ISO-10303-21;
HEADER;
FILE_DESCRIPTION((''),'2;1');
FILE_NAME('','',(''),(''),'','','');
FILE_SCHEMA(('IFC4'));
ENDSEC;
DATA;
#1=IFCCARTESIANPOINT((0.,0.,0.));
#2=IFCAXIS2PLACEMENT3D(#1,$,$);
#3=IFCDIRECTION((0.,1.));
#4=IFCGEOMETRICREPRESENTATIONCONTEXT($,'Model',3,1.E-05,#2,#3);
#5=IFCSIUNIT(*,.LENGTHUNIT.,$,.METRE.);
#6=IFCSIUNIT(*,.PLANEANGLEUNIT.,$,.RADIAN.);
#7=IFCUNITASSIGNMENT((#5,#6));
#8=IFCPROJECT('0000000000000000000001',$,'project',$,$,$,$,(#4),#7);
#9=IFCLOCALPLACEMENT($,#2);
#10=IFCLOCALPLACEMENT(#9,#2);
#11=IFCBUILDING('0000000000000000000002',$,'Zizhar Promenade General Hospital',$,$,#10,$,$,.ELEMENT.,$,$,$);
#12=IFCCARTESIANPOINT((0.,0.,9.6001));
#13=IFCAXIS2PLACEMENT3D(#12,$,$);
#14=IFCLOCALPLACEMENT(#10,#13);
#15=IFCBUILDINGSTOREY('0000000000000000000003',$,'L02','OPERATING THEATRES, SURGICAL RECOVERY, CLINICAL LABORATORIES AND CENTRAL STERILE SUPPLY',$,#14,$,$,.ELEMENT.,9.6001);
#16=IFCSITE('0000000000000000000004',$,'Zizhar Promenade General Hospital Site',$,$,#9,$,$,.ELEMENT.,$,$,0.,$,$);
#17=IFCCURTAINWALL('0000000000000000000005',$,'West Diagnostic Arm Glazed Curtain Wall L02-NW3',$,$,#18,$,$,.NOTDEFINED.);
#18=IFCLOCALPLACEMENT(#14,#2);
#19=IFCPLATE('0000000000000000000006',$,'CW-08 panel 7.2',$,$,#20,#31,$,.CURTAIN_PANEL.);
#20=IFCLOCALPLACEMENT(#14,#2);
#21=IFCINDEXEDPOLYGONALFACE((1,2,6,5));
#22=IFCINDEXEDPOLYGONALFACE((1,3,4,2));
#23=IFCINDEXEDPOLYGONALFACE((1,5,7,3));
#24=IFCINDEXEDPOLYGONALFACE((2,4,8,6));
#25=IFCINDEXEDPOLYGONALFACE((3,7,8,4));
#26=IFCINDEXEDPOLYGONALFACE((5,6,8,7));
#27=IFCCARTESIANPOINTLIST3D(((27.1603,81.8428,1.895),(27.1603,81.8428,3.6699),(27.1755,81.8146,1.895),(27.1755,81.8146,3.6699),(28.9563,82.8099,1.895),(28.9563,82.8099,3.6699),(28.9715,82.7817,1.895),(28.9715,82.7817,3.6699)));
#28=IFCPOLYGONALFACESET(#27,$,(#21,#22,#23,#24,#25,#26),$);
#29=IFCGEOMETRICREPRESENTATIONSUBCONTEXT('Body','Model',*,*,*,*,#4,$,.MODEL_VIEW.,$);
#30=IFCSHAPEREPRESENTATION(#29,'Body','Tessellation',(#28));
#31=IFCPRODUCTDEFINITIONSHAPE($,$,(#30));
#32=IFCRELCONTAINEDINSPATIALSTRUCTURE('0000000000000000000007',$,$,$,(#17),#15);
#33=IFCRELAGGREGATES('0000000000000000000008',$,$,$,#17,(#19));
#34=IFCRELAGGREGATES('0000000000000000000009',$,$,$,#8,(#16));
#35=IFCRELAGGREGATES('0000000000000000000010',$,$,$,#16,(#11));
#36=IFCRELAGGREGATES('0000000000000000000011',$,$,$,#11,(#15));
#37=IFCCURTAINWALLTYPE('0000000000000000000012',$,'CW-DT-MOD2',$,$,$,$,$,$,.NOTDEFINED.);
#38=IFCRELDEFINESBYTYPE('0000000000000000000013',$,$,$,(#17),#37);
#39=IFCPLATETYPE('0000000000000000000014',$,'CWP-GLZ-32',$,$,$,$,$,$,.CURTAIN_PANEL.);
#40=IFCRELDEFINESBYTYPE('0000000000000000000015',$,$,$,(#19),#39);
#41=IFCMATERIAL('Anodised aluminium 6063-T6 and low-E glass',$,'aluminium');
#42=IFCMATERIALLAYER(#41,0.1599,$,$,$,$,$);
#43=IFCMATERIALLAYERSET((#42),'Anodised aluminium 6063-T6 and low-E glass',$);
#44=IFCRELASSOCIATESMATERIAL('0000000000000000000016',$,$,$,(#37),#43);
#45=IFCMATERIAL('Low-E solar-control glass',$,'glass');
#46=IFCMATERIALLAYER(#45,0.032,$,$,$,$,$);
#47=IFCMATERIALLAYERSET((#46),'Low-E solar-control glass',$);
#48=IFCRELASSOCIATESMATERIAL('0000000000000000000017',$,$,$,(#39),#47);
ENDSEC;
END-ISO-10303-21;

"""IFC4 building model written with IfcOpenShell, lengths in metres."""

from ifc_helpers import new_model, si_unit, direction, frame, origin, origin_2d, place, context, subcontext, project, spatial, rectangle, extrude, material, layer, layer_set, type_object, element, aggregate, save


model = new_model("IFC4")

# Units and contexts
model_context = context("Model", 3, precision=1e-05, world=origin(), true_north=direction((0.0, 1.0)))
body_context = subcontext(model_context, "Body", "Model", "MODEL_VIEW")
ifc_project = project(units=[si_unit("LENGTHUNIT", "METRE"), si_unit("PLANEANGLEUNIT", "RADIAN")], contexts=[model_context])

# Site, building, storey
site_placement = place(None, origin())
site = spatial("IfcSite", under=ifc_project, at=site_placement, Name="Zizhar Promenade General Hospital Site", CompositionType="ELEMENT", RefElevation=0.0)
building_placement = place(site_placement, origin())
building = spatial("IfcBuilding", under=site, at=building_placement, Name="Zizhar Promenade General Hospital", CompositionType="ELEMENT")
storey_placement = place(building_placement, frame((0.0, 0.0, 9.6001)))
storey = spatial("IfcBuildingStorey", under=building, at=storey_placement, Name="L02", Description="OPERATING THEATRES, SURGICAL RECOVERY, CLINICAL LABORATORIES AND CENTRAL STERILE SUPPLY", CompositionType="ELEMENT", Elevation=9.6001)

# Curtain wall, plate
ifc_material_1 = material(Name="Anodised aluminium 6063-T6 and low-E glass", Category="aluminium")
ifc_layer_1 = layer(ifc_material_1, 0.1599)
ifc_layer_set_1 = layer_set([ifc_layer_1], Name="Anodised aluminium 6063-T6 and low-E glass")
curtain_wall_type = type_object("IfcCurtainWallType", Name="CW-DT-MOD2", PredefinedType="NOTDEFINED", material=ifc_layer_set_1)
curtain_wall_placement = place(storey_placement, origin())
curtain_wall = element("IfcCurtainWall", 1, at=curtain_wall_placement, inside=storey, type_object=curtain_wall_type, Name="West Diagnostic Arm Glazed Curtain Wall L02-NW3", PredefinedType="NOTDEFINED")
ifc_material_2 = material(Name="Low-E solar-control glass", Category="glass")
ifc_layer_2 = layer(ifc_material_2, 0.032)
ifc_layer_set_2 = layer_set([ifc_layer_2], Name="Low-E solar-control glass")
plate_type = type_object("IfcPlateType", Name="CWP-GLZ-32", PredefinedType="CURTAIN_PANEL", material=ifc_layer_set_2)
plate_1_placement = place(storey_placement, frame((28.0659, 82.3123, 1.895), z_axis=(0.0, 0.0, 1.0), x_axis=(0.880473, 0.474097, 0.0)))
plate_1 = element("IfcPlate", 2, at=plate_1_placement, type_object=plate_type, Name="CW-08 panel 7.2", PredefinedType="CURTAIN_PANEL", context=body_context, shape_type="SweptSolid", body=[
    extrude(rectangle(XDim=2.0398, YDim=0.032, at=origin_2d()), origin(), (0.0, 0.0, 1.0), 1.7749),
])
aggregate(curtain_wall, [plate_1])

save(model, "model.ifc")
